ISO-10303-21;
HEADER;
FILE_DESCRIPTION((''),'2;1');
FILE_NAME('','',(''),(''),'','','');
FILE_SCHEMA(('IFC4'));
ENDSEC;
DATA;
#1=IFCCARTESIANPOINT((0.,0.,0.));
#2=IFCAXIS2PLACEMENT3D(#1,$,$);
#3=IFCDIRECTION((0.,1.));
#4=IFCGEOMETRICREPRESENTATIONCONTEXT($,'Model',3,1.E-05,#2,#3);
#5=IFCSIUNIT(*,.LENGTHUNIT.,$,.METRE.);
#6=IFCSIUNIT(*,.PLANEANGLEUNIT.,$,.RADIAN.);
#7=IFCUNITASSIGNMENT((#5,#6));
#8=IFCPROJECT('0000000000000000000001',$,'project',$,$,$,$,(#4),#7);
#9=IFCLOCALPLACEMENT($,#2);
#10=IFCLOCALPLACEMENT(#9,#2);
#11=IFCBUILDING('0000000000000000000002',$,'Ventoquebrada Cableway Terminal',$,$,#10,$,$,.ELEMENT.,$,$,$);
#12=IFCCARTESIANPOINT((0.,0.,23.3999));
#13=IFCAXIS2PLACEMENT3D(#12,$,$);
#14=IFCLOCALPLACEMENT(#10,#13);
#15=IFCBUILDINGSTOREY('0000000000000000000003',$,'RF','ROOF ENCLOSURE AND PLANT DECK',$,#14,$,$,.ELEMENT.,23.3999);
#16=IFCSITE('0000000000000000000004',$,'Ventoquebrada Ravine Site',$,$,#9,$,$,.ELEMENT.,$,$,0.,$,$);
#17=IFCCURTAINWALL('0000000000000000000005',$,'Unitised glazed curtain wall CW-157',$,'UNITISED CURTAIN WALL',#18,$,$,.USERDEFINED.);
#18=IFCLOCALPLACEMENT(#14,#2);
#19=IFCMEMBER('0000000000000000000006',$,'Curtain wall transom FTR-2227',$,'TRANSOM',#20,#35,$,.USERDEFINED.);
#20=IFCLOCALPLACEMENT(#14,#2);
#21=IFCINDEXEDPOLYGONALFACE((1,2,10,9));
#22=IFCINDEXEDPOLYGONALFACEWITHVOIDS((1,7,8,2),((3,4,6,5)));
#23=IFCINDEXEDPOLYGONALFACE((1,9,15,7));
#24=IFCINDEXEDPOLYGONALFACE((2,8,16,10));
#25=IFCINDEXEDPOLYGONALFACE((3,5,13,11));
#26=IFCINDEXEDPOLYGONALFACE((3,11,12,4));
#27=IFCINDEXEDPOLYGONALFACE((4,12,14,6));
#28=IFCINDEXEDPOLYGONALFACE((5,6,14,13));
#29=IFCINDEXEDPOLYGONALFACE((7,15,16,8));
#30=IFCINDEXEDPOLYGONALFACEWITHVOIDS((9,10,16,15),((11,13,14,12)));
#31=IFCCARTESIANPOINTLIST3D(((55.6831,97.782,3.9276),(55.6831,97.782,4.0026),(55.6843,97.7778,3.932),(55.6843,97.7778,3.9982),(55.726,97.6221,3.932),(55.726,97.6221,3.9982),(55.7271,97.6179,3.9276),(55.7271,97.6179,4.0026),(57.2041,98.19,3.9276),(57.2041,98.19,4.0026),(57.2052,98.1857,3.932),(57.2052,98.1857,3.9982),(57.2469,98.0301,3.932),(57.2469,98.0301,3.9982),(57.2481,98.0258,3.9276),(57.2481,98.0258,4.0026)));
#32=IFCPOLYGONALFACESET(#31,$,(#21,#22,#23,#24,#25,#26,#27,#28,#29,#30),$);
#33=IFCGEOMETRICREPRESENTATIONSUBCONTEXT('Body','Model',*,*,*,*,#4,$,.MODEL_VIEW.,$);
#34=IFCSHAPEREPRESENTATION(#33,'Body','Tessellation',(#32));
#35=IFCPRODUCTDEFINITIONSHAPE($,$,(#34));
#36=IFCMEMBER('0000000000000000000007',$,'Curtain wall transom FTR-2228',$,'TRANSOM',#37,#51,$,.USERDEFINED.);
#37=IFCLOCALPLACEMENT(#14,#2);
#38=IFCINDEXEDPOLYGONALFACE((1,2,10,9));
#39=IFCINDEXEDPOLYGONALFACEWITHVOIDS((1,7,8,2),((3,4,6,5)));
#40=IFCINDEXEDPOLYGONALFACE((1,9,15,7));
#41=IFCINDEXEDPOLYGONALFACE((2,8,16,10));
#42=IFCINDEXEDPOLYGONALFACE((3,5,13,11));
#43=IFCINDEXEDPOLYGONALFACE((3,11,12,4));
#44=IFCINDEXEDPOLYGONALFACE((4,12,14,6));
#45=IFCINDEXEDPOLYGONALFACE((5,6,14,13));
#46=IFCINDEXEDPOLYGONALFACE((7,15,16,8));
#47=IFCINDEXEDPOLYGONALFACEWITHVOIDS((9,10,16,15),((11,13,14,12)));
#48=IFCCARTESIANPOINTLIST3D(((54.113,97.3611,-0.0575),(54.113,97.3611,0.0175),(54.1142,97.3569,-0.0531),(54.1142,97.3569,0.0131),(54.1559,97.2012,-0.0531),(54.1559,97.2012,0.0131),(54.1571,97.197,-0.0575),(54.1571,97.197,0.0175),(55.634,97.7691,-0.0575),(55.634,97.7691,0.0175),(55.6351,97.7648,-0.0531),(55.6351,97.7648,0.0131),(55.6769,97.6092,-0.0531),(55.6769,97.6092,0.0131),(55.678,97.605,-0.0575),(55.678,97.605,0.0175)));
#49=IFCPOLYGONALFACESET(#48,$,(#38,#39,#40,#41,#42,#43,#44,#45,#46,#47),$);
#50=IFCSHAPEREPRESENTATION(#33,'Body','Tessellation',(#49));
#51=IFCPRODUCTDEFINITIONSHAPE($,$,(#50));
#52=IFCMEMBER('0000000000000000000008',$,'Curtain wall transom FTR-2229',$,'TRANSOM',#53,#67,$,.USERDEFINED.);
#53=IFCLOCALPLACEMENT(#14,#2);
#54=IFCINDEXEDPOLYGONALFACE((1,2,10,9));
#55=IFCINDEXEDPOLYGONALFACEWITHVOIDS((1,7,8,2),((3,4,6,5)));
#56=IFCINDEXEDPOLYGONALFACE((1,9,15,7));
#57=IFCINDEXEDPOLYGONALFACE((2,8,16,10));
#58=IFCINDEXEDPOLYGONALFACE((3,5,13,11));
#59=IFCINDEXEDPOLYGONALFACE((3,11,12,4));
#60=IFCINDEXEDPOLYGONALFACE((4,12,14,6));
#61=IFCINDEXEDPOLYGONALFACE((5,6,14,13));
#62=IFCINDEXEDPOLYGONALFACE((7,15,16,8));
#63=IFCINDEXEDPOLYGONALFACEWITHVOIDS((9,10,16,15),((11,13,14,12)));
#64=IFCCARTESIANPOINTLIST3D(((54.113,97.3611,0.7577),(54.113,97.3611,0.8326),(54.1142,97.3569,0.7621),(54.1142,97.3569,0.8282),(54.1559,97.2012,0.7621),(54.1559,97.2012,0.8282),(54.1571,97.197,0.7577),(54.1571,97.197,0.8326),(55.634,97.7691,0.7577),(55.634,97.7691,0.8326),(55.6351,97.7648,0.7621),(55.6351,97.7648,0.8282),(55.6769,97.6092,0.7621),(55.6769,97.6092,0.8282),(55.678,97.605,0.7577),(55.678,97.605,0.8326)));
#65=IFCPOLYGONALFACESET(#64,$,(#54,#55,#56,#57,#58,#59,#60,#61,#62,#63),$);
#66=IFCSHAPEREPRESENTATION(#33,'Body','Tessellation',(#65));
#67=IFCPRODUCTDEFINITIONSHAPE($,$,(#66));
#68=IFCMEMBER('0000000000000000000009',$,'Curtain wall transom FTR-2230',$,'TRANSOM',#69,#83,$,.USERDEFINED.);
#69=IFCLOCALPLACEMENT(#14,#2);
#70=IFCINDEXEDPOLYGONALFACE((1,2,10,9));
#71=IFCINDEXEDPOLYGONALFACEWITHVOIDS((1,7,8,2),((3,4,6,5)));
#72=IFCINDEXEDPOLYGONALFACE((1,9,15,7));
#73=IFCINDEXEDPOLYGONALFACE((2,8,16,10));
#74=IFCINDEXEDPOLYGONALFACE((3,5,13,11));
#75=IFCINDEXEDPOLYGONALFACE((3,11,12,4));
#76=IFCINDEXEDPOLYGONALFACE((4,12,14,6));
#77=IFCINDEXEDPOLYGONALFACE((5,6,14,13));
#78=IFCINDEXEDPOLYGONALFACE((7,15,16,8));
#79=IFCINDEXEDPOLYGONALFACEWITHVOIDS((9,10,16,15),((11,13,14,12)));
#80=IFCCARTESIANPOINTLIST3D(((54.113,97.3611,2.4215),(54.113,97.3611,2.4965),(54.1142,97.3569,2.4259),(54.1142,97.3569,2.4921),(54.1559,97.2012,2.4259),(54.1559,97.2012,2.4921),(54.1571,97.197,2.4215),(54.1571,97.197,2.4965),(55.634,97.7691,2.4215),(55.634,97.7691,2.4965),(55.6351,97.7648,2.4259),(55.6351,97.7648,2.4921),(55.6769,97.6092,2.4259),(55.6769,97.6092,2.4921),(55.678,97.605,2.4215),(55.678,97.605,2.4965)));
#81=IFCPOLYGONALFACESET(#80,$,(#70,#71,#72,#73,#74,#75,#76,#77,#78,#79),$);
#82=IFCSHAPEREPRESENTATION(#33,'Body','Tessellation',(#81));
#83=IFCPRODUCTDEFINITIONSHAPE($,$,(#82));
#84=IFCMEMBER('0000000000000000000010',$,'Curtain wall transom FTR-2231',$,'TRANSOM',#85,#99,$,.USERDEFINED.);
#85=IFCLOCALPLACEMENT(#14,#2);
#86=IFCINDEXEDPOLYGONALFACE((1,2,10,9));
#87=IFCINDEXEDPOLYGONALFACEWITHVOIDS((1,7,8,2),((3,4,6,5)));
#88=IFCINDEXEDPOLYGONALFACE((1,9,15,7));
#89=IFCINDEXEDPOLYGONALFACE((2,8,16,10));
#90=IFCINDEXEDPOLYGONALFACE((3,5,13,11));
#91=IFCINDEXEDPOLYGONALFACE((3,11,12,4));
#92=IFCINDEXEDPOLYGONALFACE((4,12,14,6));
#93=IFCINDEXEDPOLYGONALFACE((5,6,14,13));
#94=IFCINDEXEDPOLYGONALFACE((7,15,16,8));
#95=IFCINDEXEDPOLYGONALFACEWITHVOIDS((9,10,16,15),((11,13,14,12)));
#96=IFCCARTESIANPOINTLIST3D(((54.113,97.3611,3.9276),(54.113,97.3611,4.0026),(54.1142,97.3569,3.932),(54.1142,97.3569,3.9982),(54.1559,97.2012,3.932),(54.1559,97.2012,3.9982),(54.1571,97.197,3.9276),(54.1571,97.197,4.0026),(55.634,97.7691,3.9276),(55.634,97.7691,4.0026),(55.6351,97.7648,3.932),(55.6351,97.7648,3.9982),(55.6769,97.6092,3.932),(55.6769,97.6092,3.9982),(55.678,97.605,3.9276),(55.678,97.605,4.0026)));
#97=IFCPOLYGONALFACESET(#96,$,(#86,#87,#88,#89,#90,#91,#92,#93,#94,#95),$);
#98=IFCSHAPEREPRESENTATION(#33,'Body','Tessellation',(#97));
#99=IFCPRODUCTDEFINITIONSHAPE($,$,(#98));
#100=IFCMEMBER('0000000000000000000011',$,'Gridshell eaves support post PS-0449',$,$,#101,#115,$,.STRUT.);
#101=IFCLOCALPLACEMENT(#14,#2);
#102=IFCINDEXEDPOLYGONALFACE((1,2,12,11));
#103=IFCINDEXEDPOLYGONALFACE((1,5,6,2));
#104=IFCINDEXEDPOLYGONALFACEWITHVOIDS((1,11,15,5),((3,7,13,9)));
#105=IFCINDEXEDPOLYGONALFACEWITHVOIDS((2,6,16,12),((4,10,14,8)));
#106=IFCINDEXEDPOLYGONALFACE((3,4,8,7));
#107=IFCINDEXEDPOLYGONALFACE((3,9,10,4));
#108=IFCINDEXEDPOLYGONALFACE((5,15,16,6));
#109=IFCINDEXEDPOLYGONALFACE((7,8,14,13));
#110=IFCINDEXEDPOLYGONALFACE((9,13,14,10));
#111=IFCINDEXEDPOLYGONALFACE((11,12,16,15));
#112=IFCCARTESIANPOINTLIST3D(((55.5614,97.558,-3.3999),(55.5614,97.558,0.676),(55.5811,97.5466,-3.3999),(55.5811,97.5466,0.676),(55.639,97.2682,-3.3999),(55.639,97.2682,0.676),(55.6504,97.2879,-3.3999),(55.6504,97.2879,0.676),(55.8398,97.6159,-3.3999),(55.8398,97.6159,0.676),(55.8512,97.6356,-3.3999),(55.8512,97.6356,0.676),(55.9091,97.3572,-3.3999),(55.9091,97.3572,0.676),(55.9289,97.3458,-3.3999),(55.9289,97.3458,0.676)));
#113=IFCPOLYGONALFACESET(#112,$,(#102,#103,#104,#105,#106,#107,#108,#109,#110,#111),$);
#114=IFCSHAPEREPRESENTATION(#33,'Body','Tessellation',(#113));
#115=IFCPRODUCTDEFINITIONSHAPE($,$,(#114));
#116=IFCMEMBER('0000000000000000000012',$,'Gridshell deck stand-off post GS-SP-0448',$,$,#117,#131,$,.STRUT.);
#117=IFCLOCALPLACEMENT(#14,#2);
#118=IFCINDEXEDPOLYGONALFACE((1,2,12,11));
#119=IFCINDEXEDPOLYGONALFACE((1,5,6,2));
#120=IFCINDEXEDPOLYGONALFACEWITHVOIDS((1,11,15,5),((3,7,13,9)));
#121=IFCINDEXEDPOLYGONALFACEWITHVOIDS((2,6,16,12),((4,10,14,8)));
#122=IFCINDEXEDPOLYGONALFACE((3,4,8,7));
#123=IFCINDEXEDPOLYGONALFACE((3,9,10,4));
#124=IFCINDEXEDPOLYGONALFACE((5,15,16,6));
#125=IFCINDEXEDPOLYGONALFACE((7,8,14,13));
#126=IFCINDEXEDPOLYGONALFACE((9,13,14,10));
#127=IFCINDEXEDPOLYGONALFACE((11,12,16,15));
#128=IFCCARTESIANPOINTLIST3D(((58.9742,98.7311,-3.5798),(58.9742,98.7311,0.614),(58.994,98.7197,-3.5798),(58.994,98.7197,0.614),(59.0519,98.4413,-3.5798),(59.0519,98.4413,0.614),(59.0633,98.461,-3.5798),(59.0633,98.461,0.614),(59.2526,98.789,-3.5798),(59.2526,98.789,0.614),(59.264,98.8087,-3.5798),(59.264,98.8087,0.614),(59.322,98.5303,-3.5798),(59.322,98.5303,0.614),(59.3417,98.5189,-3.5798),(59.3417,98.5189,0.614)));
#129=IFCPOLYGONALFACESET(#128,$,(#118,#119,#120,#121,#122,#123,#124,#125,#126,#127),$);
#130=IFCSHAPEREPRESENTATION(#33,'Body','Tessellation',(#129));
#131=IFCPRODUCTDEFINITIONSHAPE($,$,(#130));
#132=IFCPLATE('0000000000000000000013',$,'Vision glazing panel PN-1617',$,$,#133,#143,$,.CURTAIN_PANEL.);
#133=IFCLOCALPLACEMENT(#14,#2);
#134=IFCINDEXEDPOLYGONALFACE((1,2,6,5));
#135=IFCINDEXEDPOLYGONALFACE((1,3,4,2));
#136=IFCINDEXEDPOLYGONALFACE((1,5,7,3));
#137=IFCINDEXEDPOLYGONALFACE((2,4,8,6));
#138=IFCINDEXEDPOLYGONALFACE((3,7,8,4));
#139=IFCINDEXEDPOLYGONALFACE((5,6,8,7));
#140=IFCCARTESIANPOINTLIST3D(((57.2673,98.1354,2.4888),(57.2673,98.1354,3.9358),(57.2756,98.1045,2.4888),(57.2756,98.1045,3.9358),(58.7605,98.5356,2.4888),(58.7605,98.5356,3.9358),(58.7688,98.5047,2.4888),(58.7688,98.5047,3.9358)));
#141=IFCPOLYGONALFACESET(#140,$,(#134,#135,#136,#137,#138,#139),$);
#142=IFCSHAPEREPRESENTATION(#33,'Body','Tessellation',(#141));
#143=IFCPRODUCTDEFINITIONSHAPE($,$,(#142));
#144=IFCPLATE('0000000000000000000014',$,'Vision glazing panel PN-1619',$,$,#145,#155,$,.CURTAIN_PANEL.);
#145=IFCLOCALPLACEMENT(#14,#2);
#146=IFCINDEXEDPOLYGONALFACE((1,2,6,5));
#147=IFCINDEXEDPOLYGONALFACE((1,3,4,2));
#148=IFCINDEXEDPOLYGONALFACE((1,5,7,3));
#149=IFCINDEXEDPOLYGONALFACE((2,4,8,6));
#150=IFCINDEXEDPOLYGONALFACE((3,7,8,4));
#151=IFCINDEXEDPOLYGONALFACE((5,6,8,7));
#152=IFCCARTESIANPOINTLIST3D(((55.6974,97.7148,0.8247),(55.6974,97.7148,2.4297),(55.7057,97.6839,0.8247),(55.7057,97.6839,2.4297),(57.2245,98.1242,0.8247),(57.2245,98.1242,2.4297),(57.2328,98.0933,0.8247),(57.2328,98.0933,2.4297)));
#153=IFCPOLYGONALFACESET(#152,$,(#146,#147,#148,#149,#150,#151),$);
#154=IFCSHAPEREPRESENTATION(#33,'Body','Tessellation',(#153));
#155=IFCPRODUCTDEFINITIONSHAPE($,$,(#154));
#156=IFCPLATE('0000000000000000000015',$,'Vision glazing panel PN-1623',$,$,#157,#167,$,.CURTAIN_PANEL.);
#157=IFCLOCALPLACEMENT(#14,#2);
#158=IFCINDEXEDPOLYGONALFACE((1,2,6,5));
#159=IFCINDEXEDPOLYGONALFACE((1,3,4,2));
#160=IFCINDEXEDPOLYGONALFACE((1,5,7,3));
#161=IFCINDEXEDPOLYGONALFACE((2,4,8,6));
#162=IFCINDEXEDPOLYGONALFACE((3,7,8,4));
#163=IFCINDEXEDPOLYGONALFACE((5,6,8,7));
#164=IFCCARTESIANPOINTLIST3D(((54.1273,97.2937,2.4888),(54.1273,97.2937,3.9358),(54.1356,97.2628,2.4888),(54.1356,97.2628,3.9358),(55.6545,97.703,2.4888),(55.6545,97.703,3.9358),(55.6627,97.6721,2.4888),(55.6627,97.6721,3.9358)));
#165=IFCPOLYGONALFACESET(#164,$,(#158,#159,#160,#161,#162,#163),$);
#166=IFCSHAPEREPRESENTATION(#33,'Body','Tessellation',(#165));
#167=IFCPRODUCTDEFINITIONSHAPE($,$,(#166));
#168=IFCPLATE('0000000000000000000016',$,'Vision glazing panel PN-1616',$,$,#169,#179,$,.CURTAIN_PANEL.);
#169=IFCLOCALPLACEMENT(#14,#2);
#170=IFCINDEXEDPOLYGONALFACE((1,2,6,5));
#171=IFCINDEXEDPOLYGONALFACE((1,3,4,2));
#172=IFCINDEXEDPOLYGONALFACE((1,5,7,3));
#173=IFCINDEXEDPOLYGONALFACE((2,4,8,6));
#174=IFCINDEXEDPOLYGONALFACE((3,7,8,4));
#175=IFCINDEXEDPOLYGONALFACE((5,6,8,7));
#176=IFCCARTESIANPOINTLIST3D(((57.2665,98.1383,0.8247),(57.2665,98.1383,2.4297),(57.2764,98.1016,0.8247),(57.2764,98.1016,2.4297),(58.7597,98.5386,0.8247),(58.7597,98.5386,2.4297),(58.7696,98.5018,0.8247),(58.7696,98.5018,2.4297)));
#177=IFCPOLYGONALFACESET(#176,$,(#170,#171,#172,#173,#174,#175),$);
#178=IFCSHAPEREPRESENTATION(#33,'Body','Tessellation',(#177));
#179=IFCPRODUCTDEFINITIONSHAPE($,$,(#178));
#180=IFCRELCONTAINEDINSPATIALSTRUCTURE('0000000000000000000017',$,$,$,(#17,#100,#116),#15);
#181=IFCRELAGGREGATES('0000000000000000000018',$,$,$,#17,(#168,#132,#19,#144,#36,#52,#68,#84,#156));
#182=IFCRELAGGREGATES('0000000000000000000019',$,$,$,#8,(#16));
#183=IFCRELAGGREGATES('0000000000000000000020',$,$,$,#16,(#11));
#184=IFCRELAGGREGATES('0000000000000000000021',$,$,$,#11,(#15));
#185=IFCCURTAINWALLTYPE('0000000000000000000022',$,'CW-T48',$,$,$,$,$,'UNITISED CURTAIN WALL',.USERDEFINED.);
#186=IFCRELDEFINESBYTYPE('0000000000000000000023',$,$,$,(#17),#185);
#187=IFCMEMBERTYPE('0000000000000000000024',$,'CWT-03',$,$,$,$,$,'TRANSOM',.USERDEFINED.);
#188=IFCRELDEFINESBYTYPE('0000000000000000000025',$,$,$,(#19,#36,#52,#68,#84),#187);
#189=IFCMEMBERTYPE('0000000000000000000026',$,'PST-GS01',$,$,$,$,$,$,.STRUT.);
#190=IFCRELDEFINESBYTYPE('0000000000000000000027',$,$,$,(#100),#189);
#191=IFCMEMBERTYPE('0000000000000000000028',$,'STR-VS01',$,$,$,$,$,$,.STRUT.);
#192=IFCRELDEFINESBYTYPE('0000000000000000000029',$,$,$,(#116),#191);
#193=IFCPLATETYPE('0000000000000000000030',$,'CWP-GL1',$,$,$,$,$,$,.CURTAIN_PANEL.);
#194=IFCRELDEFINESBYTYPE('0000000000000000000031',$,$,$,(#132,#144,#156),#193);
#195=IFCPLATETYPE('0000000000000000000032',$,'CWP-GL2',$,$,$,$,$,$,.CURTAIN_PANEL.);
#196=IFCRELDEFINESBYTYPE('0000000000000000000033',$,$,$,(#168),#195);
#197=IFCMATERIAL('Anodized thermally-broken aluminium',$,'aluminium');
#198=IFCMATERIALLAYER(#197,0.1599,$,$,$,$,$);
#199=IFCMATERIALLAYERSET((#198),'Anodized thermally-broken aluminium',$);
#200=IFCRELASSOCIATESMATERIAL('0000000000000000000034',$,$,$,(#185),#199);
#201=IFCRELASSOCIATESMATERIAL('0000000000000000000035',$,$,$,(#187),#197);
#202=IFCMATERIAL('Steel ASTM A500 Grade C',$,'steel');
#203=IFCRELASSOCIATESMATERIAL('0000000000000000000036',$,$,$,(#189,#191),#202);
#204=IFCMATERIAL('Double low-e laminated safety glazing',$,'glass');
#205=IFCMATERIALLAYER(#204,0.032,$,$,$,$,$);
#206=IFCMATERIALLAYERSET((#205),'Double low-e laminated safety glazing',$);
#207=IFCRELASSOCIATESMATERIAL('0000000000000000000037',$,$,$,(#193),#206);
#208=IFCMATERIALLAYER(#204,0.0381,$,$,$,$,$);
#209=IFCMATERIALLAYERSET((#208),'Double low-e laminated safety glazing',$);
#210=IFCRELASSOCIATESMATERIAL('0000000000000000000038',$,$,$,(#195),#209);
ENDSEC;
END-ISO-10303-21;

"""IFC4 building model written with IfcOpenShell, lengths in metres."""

from ifc_helpers import new_model, si_unit, direction, frame, origin, origin_2d, place, context, subcontext, project, spatial, rectangle, hollow_rectangle, extrude, material, layer, layer_set, material_profile, profile_set, type_object, element, aggregate, save


model = new_model("IFC4")

# Units and contexts
model_context = context("Model", 3, precision=1e-05, world=origin(), true_north=direction((0.0, 1.0)))
body_context = subcontext(model_context, "Body", "Model", "MODEL_VIEW")
ifc_project = project(units=[si_unit("LENGTHUNIT", "METRE"), si_unit("PLANEANGLEUNIT", "RADIAN")], contexts=[model_context])

# Site, building, storey
site_placement = place(None, origin())
site = spatial("IfcSite", under=ifc_project, at=site_placement, Name="Ventoquebrada Ravine Site", CompositionType="ELEMENT", RefElevation=0.0)
building_placement = place(site_placement, origin())
building = spatial("IfcBuilding", under=site, at=building_placement, Name="Ventoquebrada Cableway Terminal", CompositionType="ELEMENT")
storey_placement = place(building_placement, frame((0.0, 0.0, 23.3999)))
storey = spatial("IfcBuildingStorey", under=building, at=storey_placement, Name="RF", Description="ROOF ENCLOSURE AND PLANT DECK", CompositionType="ELEMENT", Elevation=23.3999)

# Curtain wall, members
ifc_material_1 = material(Name="Anodized thermally-broken aluminium", Category="aluminium")
ifc_layer_1 = layer(ifc_material_1, 0.1599)
ifc_layer_set_1 = layer_set([ifc_layer_1], Name="Anodized thermally-broken aluminium")
curtain_wall_type = type_object("IfcCurtainWallType", Name="CW-T48", ElementType="UNITISED CURTAIN WALL", PredefinedType="USERDEFINED", material=ifc_layer_set_1)
curtain_wall_placement = place(storey_placement, origin())
curtain_wall = element("IfcCurtainWall", 1, at=curtain_wall_placement, inside=storey, type_object=curtain_wall_type, Name="Unitised glazed curtain wall CW-157", ObjectType="UNITISED CURTAIN WALL", PredefinedType="USERDEFINED")
ifc_material_profile_1 = material_profile(ifc_material_1, hollow_rectangle(XDim=0.075, YDim=0.1699, WallThickness=0.0044, at=origin_2d()), Name="CW-TRN-75X170")
ifc_profile_set_1 = profile_set([ifc_material_profile_1], Name="Anodized thermally-broken aluminium")
member_type_1 = type_object("IfcMemberType", Name="CWT-03", ElementType="TRANSOM", PredefinedType="USERDEFINED", material=ifc_profile_set_1)
member_1_placement = place(storey_placement, frame((57.2261, 98.1079, 3.9651), z_axis=(-0.965861, -0.259062, 0.0), x_axis=(0.0, 0.0, 1.0)))
member_1 = element("IfcMember", 2, at=member_1_placement, type_object=member_type_1, Name="Curtain wall transom FTR-2227", ObjectType="TRANSOM", PredefinedType="USERDEFINED", context=body_context, shape_type="SweptSolid", body=[
    extrude(hollow_rectangle(XDim=0.075, YDim=0.1699, WallThickness=0.0044, at=origin_2d()), origin(), (0.0, 0.0, 1.0), 1.5747),
])
member_2_placement = place(storey_placement, frame((55.656, 97.687, -0.02), z_axis=(-0.965861, -0.259062, 0.0), x_axis=(0.0, 0.0, 1.0)))
member_2 = element("IfcMember", 3, at=member_2_placement, type_object=member_type_1, Name="Curtain wall transom FTR-2228", ObjectType="TRANSOM", PredefinedType="USERDEFINED", context=body_context, shape_type="SweptSolid", body=[
    extrude(hollow_rectangle(XDim=0.075, YDim=0.1699, WallThickness=0.0044, at=origin_2d()), origin(), (0.0, 0.0, 1.0), 1.5747),
])
member_3_placement = place(storey_placement, frame((55.656, 97.687, 0.7952), z_axis=(-0.965861, -0.259062, 0.0), x_axis=(0.0, 0.0, 1.0)))
member_3 = element("IfcMember", 4, at=member_3_placement, type_object=member_type_1, Name="Curtain wall transom FTR-2229", ObjectType="TRANSOM", PredefinedType="USERDEFINED", context=body_context, shape_type="SweptSolid", body=[
    extrude(hollow_rectangle(XDim=0.075, YDim=0.1699, WallThickness=0.0044, at=origin_2d()), origin(), (0.0, 0.0, 1.0), 1.5747),
])
member_4_placement = place(storey_placement, frame((55.656, 97.687, 2.459), z_axis=(-0.965861, -0.259062, 0.0), x_axis=(0.0, 0.0, 1.0)))
member_4 = element("IfcMember", 5, at=member_4_placement, type_object=member_type_1, Name="Curtain wall transom FTR-2230", ObjectType="TRANSOM", PredefinedType="USERDEFINED", context=body_context, shape_type="SweptSolid", body=[
    extrude(hollow_rectangle(XDim=0.075, YDim=0.1699, WallThickness=0.0044, at=origin_2d()), origin(), (0.0, 0.0, 1.0), 1.5747),
])
member_5_placement = place(storey_placement, frame((55.656, 97.687, 3.9651), z_axis=(-0.965861, -0.259062, 0.0), x_axis=(0.0, 0.0, 1.0)))
member_5 = element("IfcMember", 6, at=member_5_placement, type_object=member_type_1, Name="Curtain wall transom FTR-2231", ObjectType="TRANSOM", PredefinedType="USERDEFINED", context=body_context, shape_type="SweptSolid", body=[
    extrude(hollow_rectangle(XDim=0.075, YDim=0.1699, WallThickness=0.0044, at=origin_2d()), origin(), (0.0, 0.0, 1.0), 1.5747),
])

# Members
ifc_material_2 = material(Name="Steel ASTM A500 Grade C", Category="steel")
ifc_material_profile_2 = material_profile(ifc_material_2, hollow_rectangle(XDim=0.3, YDim=0.3, WallThickness=0.0161, at=origin_2d()), Name="HSS300X300X16")
ifc_profile_set_2 = profile_set([ifc_material_profile_2], Name="Steel ASTM A500 Grade C")
member_type_2 = type_object("IfcMemberType", Name="PST-GS01", PredefinedType="STRUT", material=ifc_profile_set_2)
member_6_placement = place(storey_placement, frame((55.7451, 97.4519, -3.3999), z_axis=(0.0, 0.0, 1.0), x_axis=(0.965926, 0.258819, 0.0)))
element("IfcMember", 7, at=member_6_placement, inside=storey, type_object=member_type_2, Name="Gridshell eaves support post PS-0449", PredefinedType="STRUT", context=body_context, shape_type="SweptSolid", body=[
    extrude(hollow_rectangle(XDim=0.3, YDim=0.3, WallThickness=0.0161, at=origin_2d()), origin(), (0.0, 0.0, 1.0), 4.0759),
])
ifc_material_profile_3 = material_profile(ifc_material_2, hollow_rectangle(XDim=0.3, YDim=0.3, WallThickness=0.0161, at=origin_2d()), Name="HSS300X300X16")
ifc_profile_set_3 = profile_set([ifc_material_profile_3], Name="Steel ASTM A500 Grade C")
member_type_3 = type_object("IfcMemberType", Name="STR-VS01", PredefinedType="STRUT", material=ifc_profile_set_3)
member_7_placement = place(storey_placement, frame((59.158, 98.625, -3.5798), z_axis=(0.0, 0.0, 1.0), x_axis=(0.965926, 0.258819, 0.0)))
element("IfcMember", 8, at=member_7_placement, inside=storey, type_object=member_type_3, Name="Gridshell deck stand-off post GS-SP-0448", PredefinedType="STRUT", context=body_context, shape_type="SweptSolid", body=[
    extrude(hollow_rectangle(XDim=0.3, YDim=0.3, WallThickness=0.0161, at=origin_2d()), origin(), (0.0, 0.0, 1.0), 4.1938),
])

# Plates
ifc_material_3 = material(Name="Double low-e laminated safety glazing", Category="glass")
ifc_layer_2 = layer(ifc_material_3, 0.032)
ifc_layer_set_2 = layer_set([ifc_layer_2], Name="Double low-e laminated safety glazing")
plate_type_1 = type_object("IfcPlateType", Name="CWP-GL1", PredefinedType="CURTAIN_PANEL", material=ifc_layer_set_2)
plate_1_placement = place(storey_placement, frame((58.0181, 98.3201, 2.4888), z_axis=(0.0, 0.0, 1.0), x_axis=(-0.965903, -0.258903, 0.0)))
plate_1 = element("IfcPlate", 9, at=plate_1_placement, type_object=plate_type_1, Name="Vision glazing panel PN-1617", PredefinedType="CURTAIN_PANEL", context=body_context, shape_type="SweptSolid", body=[
    extrude(rectangle(XDim=1.5459, YDim=0.032, at=origin_2d()), origin(), (0.0, 0.0, 1.0), 1.447),
])
plate_2_placement = place(storey_placement, frame((56.4651, 97.9041, 0.8247), z_axis=(0.0, 0.0, 1.0), x_axis=(-0.965903, -0.258903, 0.0)))
plate_2 = element("IfcPlate", 10, at=plate_2_placement, type_object=plate_type_1, Name="Vision glazing panel PN-1619", PredefinedType="CURTAIN_PANEL", context=body_context, shape_type="SweptSolid", body=[
    extrude(rectangle(XDim=1.5811, YDim=0.032, at=origin_2d()), origin(), (0.0, 0.0, 1.0), 1.605),
])
plate_3_placement = place(storey_placement, frame((54.895, 97.4829, 2.4888), z_axis=(0.0, 0.0, 1.0), x_axis=(-0.965903, -0.258903, 0.0)))
plate_3 = element("IfcPlate", 11, at=plate_3_placement, type_object=plate_type_1, Name="Vision glazing panel PN-1623", PredefinedType="CURTAIN_PANEL", context=body_context, shape_type="SweptSolid", body=[
    extrude(rectangle(XDim=1.5811, YDim=0.032, at=origin_2d()), origin(), (0.0, 0.0, 1.0), 1.447),
])
ifc_layer_3 = layer(ifc_material_3, 0.0381)
ifc_layer_set_3 = layer_set([ifc_layer_3], Name="Double low-e laminated safety glazing")
plate_type_2 = type_object("IfcPlateType", Name="CWP-GL2", PredefinedType="CURTAIN_PANEL", material=ifc_layer_set_3)
plate_4_placement = place(storey_placement, frame((58.0181, 98.3201, 0.8247), z_axis=(0.0, 0.0, 1.0), x_axis=(-0.965903, -0.258903, 0.0)))
plate_4 = element("IfcPlate", 12, at=plate_4_placement, type_object=plate_type_2, Name="Vision glazing panel PN-1616", PredefinedType="CURTAIN_PANEL", context=body_context, shape_type="SweptSolid", body=[
    extrude(rectangle(XDim=1.5459, YDim=0.0381, at=origin_2d()), origin(), (0.0, 0.0, 1.0), 1.605),
])
aggregate(curtain_wall, [plate_4, plate_1, member_1, plate_2, member_2, member_3, member_4, member_5, plate_3])

save(model, "model.ifc")
